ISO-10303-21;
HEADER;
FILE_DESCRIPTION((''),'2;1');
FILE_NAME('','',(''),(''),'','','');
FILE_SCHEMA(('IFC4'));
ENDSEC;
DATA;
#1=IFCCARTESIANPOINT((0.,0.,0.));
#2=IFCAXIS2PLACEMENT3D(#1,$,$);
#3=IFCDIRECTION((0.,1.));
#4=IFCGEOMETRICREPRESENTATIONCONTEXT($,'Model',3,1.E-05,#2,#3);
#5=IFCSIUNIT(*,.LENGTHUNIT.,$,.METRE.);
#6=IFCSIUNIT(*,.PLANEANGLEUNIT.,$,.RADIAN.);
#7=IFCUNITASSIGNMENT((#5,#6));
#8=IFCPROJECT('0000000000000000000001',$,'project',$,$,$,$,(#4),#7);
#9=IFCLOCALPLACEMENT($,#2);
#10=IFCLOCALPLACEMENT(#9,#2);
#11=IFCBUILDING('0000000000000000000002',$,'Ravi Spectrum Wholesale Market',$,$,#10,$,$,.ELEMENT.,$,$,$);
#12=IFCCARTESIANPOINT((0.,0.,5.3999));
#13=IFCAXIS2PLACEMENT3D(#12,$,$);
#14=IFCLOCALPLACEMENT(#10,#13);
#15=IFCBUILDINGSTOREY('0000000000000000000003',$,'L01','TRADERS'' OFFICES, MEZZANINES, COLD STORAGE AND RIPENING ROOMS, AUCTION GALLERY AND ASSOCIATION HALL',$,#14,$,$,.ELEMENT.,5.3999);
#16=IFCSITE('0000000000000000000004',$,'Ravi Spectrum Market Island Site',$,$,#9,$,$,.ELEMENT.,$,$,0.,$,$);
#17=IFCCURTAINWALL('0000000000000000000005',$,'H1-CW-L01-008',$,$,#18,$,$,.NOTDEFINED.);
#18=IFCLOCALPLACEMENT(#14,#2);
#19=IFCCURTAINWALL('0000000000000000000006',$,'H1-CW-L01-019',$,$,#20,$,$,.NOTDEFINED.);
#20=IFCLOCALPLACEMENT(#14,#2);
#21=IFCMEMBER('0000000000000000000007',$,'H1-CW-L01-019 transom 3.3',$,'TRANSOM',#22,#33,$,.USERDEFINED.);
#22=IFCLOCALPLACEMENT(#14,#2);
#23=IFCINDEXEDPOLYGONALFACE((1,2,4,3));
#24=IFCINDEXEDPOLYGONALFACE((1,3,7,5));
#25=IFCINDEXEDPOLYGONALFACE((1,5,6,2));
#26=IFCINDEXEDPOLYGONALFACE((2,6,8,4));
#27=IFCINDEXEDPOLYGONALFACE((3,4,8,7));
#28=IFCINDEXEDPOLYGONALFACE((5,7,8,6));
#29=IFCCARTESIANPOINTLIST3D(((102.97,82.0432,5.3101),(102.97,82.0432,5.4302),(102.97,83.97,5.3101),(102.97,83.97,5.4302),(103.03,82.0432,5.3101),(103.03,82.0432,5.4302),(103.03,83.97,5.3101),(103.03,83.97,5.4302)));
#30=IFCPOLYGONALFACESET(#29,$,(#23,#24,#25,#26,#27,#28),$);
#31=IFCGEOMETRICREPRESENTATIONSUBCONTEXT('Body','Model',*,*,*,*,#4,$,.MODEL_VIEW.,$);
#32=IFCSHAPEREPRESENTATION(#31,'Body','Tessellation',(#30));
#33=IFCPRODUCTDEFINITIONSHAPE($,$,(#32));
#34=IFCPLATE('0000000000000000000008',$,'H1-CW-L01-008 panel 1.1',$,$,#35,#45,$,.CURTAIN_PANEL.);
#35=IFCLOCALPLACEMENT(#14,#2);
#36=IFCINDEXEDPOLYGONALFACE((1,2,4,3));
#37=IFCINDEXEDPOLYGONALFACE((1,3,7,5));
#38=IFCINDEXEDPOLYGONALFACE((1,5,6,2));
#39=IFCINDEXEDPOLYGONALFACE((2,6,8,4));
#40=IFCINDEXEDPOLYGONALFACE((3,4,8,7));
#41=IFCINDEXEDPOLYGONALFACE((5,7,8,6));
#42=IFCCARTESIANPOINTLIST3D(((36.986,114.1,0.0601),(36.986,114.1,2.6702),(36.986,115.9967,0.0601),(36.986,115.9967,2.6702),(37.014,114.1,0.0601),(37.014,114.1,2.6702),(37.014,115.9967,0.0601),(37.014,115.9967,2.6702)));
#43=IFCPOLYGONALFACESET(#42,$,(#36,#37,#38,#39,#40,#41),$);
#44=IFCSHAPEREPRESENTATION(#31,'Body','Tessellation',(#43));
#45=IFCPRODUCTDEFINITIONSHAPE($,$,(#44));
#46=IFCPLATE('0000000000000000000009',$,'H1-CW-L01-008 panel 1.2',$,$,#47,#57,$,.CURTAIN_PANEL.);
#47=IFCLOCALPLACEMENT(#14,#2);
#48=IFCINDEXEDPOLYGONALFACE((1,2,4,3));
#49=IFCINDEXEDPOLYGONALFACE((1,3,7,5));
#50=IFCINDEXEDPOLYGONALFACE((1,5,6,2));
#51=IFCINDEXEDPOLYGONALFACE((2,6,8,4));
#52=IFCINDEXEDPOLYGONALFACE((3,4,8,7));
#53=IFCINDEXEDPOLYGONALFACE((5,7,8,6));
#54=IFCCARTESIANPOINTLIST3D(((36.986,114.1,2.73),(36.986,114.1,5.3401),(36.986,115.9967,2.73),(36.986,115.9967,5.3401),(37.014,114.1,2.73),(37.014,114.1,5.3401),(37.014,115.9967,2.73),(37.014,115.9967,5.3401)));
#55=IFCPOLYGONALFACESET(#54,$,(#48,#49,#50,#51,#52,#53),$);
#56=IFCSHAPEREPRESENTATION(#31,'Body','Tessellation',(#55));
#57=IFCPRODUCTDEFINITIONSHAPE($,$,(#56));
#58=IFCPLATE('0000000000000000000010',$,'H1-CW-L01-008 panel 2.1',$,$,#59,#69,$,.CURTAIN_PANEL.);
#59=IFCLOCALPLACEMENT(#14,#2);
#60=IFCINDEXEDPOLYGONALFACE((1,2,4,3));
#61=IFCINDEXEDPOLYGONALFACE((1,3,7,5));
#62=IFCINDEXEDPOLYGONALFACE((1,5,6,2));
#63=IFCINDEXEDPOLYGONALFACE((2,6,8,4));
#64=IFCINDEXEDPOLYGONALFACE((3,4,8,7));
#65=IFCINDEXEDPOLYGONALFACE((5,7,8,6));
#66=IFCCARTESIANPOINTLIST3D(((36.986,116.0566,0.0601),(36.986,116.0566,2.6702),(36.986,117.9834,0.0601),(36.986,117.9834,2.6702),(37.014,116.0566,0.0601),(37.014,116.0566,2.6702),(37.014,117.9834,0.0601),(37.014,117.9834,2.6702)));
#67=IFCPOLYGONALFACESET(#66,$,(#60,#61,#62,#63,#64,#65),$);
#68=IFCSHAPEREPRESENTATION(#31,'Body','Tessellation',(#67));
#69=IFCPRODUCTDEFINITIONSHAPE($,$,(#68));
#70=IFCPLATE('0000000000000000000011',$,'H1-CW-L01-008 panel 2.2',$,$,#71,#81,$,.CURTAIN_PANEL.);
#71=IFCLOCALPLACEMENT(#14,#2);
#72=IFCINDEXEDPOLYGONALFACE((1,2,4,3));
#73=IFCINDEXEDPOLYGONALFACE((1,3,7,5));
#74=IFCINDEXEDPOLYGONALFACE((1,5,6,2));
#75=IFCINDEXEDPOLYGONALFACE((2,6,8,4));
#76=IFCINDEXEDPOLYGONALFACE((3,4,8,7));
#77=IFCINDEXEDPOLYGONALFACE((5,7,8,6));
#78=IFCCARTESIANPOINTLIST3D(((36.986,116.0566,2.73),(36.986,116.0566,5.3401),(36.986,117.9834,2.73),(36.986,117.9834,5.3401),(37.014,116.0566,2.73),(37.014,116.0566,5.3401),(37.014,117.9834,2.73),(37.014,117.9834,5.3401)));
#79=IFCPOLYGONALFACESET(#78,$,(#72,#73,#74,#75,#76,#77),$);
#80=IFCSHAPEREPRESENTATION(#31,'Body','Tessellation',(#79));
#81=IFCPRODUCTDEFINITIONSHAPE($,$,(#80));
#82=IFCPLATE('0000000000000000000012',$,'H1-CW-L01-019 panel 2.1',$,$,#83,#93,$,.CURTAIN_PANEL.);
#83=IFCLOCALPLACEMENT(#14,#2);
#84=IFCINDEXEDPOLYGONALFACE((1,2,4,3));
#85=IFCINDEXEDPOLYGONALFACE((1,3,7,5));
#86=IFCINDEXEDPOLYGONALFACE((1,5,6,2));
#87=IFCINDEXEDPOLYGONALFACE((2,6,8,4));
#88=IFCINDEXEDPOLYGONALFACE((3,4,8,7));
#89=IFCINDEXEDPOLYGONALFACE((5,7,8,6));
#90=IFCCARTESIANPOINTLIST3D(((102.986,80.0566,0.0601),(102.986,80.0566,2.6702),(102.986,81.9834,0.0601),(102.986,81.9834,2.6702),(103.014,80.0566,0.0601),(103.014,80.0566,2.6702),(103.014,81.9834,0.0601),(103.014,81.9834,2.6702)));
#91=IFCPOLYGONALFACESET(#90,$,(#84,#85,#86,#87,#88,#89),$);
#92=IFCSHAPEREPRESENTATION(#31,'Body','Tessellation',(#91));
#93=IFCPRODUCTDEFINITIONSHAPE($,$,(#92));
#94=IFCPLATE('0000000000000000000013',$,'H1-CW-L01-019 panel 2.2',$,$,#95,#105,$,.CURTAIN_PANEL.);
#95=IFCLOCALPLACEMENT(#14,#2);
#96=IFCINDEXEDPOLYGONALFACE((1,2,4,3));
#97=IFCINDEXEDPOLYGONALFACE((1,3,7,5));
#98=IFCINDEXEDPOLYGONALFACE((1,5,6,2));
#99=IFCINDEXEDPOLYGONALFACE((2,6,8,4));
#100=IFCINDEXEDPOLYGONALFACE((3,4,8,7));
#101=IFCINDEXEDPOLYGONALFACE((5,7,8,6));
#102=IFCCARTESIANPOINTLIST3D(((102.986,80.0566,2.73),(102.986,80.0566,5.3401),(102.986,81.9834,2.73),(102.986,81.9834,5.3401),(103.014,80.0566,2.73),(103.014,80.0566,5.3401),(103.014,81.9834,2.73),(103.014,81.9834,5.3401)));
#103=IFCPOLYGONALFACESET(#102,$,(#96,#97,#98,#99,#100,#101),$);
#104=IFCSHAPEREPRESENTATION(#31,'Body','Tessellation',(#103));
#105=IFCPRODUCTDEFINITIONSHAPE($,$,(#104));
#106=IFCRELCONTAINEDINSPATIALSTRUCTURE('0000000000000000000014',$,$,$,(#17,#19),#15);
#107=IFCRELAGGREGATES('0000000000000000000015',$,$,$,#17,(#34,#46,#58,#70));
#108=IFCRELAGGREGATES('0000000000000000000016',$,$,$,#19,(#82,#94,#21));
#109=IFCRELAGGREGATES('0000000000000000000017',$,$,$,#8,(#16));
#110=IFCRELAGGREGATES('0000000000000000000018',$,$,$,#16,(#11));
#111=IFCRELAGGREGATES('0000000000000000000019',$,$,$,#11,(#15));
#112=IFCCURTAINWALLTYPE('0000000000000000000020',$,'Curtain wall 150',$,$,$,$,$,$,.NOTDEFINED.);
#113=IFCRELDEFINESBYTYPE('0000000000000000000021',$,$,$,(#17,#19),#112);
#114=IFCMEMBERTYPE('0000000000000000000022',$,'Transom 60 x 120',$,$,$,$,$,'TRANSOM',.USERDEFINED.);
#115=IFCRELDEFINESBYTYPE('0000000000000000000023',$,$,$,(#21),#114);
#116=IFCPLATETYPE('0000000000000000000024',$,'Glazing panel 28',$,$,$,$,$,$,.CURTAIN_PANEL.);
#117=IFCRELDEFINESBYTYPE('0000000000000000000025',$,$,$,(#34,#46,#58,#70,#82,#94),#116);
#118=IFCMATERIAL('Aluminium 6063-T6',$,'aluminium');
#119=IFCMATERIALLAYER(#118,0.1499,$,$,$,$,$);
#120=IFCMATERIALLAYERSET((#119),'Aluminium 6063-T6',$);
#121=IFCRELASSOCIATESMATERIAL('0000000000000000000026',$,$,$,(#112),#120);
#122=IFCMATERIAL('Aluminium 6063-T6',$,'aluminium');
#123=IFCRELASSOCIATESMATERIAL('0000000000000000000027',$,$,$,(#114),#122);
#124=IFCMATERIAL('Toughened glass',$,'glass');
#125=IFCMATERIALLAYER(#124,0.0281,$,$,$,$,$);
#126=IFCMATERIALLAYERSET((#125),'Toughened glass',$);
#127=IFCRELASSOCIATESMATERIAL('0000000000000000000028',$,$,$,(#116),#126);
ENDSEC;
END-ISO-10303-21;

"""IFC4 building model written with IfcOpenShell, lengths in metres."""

from ifc_helpers import new_model, si_unit, direction, frame, origin, origin_2d, place, context, subcontext, project, spatial, rectangle, extrude, material, layer, layer_set, material_profile, profile_set, type_object, element, aggregate, save


model = new_model("IFC4")

# Units and contexts
model_context = context("Model", 3, precision=1e-05, world=origin(), true_north=direction((0.0, 1.0)))
body_context = subcontext(model_context, "Body", "Model", "MODEL_VIEW")
ifc_project = project(units=[si_unit("LENGTHUNIT", "METRE"), si_unit("PLANEANGLEUNIT", "RADIAN")], contexts=[model_context])

# Site, building, storey
site_placement = place(None, origin())
site = spatial("IfcSite", under=ifc_project, at=site_placement, Name="Ravi Spectrum Market Island Site", CompositionType="ELEMENT", RefElevation=0.0)
building_placement = place(site_placement, origin())
building = spatial("IfcBuilding", under=site, at=building_placement, Name="Ravi Spectrum Wholesale Market", CompositionType="ELEMENT")
storey_placement = place(building_placement, frame((0.0, 0.0, 5.3999)))
storey = spatial("IfcBuildingStorey", under=building, at=storey_placement, Name="L01", Description="TRADERS' OFFICES, MEZZANINES, COLD STORAGE AND RIPENING ROOMS, AUCTION GALLERY AND ASSOCIATION HALL", CompositionType="ELEMENT", Elevation=5.3999)

# Curtain wall
ifc_material_1 = material(Name="Aluminium 6063-T6", Category="aluminium")
ifc_layer_1 = layer(ifc_material_1, 0.1499)
ifc_layer_set_1 = layer_set([ifc_layer_1], Name="Aluminium 6063-T6")
curtain_wall_type = type_object("IfcCurtainWallType", Name="Curtain wall 150", PredefinedType="NOTDEFINED", material=ifc_layer_set_1)
curtain_wall_1_placement = place(storey_placement, origin())
curtain_wall_1 = element("IfcCurtainWall", 1, at=curtain_wall_1_placement, inside=storey, type_object=curtain_wall_type, Name="H1-CW-L01-008", PredefinedType="NOTDEFINED")

# Curtain wall
curtain_wall_2_placement = place(storey_placement, origin())
curtain_wall_2 = element("IfcCurtainWall", 2, at=curtain_wall_2_placement, inside=storey, type_object=curtain_wall_type, Name="H1-CW-L01-019", PredefinedType="NOTDEFINED")

# Member
ifc_material_2 = material(Name="Aluminium 6063-T6", Category="aluminium")
ifc_material_profile_1 = material_profile(ifc_material_2, rectangle(XDim=0.0601, YDim=0.1201, at=origin_2d()))
ifc_profile_set_1 = profile_set([ifc_material_profile_1], Name="Aluminium 6063-T6")
member_type_1 = type_object("IfcMemberType", Name="Transom 60 x 120", ElementType="TRANSOM", PredefinedType="USERDEFINED", material=ifc_profile_set_1)
member_1_placement = place(storey_placement, frame((103.0, 82.0432, 5.3701), z_axis=(0.0, 1.0, 0.0), x_axis=(-1.0, 0.0, 0.0)))
member_1 = element("IfcMember", 3, at=member_1_placement, type_object=member_type_1, Name="H1-CW-L01-019 transom 3.3", ObjectType="TRANSOM", PredefinedType="USERDEFINED", context=body_context, shape_type="SweptSolid", body=[
    extrude(rectangle(XDim=0.0601, YDim=0.1201, at=origin_2d()), origin(), (0.0, 0.0, 1.0), 1.9268),
])

# Plates
ifc_material_3 = material(Name="Toughened glass", Category="glass")
ifc_layer_2 = layer(ifc_material_3, 0.0281)
ifc_layer_set_2 = layer_set([ifc_layer_2], Name="Toughened glass")
plate_type = type_object("IfcPlateType", Name="Glazing panel 28", PredefinedType="CURTAIN_PANEL", material=ifc_layer_set_2)
plate_1_placement = place(storey_placement, frame((37.0, 115.0483, 0.0601), z_axis=(0.0, 0.0, 1.0), x_axis=(0.0, 1.0, 0.0)))
plate_1 = element("IfcPlate", 4, at=plate_1_placement, type_object=plate_type, Name="H1-CW-L01-008 panel 1.1", PredefinedType="CURTAIN_PANEL", context=body_context, shape_type="SweptSolid", body=[
    extrude(rectangle(XDim=1.8967, YDim=0.0281, at=origin_2d()), origin(), (0.0, 0.0, 1.0), 2.6101),
])
plate_2_placement = place(storey_placement, frame((37.0, 115.0483, 2.73), z_axis=(0.0, 0.0, 1.0), x_axis=(0.0, 1.0, 0.0)))
plate_2 = element("IfcPlate", 5, at=plate_2_placement, type_object=plate_type, Name="H1-CW-L01-008 panel 1.2", PredefinedType="CURTAIN_PANEL", context=body_context, shape_type="SweptSolid", body=[
    extrude(rectangle(XDim=1.8967, YDim=0.0281, at=origin_2d()), origin(), (0.0, 0.0, 1.0), 2.6101),
])
plate_3_placement = place(storey_placement, frame((37.0, 117.02, 0.0601), z_axis=(0.0, 0.0, 1.0), x_axis=(0.0, 1.0, 0.0)))
plate_3 = element("IfcPlate", 6, at=plate_3_placement, type_object=plate_type, Name="H1-CW-L01-008 panel 2.1", PredefinedType="CURTAIN_PANEL", context=body_context, shape_type="SweptSolid", body=[
    extrude(rectangle(XDim=1.9268, YDim=0.0281, at=origin_2d()), origin(), (0.0, 0.0, 1.0), 2.6101),
])
plate_4_placement = place(storey_placement, frame((37.0, 117.02, 2.73), z_axis=(0.0, 0.0, 1.0), x_axis=(0.0, 1.0, 0.0)))
plate_4 = element("IfcPlate", 7, at=plate_4_placement, type_object=plate_type, Name="H1-CW-L01-008 panel 2.2", PredefinedType="CURTAIN_PANEL", context=body_context, shape_type="SweptSolid", body=[
    extrude(rectangle(XDim=1.9268, YDim=0.0281, at=origin_2d()), origin(), (0.0, 0.0, 1.0), 2.6101),
])
aggregate(curtain_wall_1, [plate_1, plate_2, plate_3, plate_4])
plate_5_placement = place(storey_placement, frame((103.0, 81.02, 0.0601), z_axis=(0.0, 0.0, 1.0), x_axis=(0.0, 1.0, 0.0)))
plate_5 = element("IfcPlate", 8, at=plate_5_placement, type_object=plate_type, Name="H1-CW-L01-019 panel 2.1", PredefinedType="CURTAIN_PANEL", context=body_context, shape_type="SweptSolid", body=[
    extrude(rectangle(XDim=1.9268, YDim=0.0281, at=origin_2d()), origin(), (0.0, 0.0, 1.0), 2.6101),
])
plate_6_placement = place(storey_placement, frame((103.0, 81.02, 2.73), z_axis=(0.0, 0.0, 1.0), x_axis=(0.0, 1.0, 0.0)))
plate_6 = element("IfcPlate", 9, at=plate_6_placement, type_object=plate_type, Name="H1-CW-L01-019 panel 2.2", PredefinedType="CURTAIN_PANEL", context=body_context, shape_type="SweptSolid", body=[
    extrude(rectangle(XDim=1.9268, YDim=0.0281, at=origin_2d()), origin(), (0.0, 0.0, 1.0), 2.6101),
])
aggregate(curtain_wall_2, [plate_5, plate_6, member_1])

save(model, "model.ifc")
